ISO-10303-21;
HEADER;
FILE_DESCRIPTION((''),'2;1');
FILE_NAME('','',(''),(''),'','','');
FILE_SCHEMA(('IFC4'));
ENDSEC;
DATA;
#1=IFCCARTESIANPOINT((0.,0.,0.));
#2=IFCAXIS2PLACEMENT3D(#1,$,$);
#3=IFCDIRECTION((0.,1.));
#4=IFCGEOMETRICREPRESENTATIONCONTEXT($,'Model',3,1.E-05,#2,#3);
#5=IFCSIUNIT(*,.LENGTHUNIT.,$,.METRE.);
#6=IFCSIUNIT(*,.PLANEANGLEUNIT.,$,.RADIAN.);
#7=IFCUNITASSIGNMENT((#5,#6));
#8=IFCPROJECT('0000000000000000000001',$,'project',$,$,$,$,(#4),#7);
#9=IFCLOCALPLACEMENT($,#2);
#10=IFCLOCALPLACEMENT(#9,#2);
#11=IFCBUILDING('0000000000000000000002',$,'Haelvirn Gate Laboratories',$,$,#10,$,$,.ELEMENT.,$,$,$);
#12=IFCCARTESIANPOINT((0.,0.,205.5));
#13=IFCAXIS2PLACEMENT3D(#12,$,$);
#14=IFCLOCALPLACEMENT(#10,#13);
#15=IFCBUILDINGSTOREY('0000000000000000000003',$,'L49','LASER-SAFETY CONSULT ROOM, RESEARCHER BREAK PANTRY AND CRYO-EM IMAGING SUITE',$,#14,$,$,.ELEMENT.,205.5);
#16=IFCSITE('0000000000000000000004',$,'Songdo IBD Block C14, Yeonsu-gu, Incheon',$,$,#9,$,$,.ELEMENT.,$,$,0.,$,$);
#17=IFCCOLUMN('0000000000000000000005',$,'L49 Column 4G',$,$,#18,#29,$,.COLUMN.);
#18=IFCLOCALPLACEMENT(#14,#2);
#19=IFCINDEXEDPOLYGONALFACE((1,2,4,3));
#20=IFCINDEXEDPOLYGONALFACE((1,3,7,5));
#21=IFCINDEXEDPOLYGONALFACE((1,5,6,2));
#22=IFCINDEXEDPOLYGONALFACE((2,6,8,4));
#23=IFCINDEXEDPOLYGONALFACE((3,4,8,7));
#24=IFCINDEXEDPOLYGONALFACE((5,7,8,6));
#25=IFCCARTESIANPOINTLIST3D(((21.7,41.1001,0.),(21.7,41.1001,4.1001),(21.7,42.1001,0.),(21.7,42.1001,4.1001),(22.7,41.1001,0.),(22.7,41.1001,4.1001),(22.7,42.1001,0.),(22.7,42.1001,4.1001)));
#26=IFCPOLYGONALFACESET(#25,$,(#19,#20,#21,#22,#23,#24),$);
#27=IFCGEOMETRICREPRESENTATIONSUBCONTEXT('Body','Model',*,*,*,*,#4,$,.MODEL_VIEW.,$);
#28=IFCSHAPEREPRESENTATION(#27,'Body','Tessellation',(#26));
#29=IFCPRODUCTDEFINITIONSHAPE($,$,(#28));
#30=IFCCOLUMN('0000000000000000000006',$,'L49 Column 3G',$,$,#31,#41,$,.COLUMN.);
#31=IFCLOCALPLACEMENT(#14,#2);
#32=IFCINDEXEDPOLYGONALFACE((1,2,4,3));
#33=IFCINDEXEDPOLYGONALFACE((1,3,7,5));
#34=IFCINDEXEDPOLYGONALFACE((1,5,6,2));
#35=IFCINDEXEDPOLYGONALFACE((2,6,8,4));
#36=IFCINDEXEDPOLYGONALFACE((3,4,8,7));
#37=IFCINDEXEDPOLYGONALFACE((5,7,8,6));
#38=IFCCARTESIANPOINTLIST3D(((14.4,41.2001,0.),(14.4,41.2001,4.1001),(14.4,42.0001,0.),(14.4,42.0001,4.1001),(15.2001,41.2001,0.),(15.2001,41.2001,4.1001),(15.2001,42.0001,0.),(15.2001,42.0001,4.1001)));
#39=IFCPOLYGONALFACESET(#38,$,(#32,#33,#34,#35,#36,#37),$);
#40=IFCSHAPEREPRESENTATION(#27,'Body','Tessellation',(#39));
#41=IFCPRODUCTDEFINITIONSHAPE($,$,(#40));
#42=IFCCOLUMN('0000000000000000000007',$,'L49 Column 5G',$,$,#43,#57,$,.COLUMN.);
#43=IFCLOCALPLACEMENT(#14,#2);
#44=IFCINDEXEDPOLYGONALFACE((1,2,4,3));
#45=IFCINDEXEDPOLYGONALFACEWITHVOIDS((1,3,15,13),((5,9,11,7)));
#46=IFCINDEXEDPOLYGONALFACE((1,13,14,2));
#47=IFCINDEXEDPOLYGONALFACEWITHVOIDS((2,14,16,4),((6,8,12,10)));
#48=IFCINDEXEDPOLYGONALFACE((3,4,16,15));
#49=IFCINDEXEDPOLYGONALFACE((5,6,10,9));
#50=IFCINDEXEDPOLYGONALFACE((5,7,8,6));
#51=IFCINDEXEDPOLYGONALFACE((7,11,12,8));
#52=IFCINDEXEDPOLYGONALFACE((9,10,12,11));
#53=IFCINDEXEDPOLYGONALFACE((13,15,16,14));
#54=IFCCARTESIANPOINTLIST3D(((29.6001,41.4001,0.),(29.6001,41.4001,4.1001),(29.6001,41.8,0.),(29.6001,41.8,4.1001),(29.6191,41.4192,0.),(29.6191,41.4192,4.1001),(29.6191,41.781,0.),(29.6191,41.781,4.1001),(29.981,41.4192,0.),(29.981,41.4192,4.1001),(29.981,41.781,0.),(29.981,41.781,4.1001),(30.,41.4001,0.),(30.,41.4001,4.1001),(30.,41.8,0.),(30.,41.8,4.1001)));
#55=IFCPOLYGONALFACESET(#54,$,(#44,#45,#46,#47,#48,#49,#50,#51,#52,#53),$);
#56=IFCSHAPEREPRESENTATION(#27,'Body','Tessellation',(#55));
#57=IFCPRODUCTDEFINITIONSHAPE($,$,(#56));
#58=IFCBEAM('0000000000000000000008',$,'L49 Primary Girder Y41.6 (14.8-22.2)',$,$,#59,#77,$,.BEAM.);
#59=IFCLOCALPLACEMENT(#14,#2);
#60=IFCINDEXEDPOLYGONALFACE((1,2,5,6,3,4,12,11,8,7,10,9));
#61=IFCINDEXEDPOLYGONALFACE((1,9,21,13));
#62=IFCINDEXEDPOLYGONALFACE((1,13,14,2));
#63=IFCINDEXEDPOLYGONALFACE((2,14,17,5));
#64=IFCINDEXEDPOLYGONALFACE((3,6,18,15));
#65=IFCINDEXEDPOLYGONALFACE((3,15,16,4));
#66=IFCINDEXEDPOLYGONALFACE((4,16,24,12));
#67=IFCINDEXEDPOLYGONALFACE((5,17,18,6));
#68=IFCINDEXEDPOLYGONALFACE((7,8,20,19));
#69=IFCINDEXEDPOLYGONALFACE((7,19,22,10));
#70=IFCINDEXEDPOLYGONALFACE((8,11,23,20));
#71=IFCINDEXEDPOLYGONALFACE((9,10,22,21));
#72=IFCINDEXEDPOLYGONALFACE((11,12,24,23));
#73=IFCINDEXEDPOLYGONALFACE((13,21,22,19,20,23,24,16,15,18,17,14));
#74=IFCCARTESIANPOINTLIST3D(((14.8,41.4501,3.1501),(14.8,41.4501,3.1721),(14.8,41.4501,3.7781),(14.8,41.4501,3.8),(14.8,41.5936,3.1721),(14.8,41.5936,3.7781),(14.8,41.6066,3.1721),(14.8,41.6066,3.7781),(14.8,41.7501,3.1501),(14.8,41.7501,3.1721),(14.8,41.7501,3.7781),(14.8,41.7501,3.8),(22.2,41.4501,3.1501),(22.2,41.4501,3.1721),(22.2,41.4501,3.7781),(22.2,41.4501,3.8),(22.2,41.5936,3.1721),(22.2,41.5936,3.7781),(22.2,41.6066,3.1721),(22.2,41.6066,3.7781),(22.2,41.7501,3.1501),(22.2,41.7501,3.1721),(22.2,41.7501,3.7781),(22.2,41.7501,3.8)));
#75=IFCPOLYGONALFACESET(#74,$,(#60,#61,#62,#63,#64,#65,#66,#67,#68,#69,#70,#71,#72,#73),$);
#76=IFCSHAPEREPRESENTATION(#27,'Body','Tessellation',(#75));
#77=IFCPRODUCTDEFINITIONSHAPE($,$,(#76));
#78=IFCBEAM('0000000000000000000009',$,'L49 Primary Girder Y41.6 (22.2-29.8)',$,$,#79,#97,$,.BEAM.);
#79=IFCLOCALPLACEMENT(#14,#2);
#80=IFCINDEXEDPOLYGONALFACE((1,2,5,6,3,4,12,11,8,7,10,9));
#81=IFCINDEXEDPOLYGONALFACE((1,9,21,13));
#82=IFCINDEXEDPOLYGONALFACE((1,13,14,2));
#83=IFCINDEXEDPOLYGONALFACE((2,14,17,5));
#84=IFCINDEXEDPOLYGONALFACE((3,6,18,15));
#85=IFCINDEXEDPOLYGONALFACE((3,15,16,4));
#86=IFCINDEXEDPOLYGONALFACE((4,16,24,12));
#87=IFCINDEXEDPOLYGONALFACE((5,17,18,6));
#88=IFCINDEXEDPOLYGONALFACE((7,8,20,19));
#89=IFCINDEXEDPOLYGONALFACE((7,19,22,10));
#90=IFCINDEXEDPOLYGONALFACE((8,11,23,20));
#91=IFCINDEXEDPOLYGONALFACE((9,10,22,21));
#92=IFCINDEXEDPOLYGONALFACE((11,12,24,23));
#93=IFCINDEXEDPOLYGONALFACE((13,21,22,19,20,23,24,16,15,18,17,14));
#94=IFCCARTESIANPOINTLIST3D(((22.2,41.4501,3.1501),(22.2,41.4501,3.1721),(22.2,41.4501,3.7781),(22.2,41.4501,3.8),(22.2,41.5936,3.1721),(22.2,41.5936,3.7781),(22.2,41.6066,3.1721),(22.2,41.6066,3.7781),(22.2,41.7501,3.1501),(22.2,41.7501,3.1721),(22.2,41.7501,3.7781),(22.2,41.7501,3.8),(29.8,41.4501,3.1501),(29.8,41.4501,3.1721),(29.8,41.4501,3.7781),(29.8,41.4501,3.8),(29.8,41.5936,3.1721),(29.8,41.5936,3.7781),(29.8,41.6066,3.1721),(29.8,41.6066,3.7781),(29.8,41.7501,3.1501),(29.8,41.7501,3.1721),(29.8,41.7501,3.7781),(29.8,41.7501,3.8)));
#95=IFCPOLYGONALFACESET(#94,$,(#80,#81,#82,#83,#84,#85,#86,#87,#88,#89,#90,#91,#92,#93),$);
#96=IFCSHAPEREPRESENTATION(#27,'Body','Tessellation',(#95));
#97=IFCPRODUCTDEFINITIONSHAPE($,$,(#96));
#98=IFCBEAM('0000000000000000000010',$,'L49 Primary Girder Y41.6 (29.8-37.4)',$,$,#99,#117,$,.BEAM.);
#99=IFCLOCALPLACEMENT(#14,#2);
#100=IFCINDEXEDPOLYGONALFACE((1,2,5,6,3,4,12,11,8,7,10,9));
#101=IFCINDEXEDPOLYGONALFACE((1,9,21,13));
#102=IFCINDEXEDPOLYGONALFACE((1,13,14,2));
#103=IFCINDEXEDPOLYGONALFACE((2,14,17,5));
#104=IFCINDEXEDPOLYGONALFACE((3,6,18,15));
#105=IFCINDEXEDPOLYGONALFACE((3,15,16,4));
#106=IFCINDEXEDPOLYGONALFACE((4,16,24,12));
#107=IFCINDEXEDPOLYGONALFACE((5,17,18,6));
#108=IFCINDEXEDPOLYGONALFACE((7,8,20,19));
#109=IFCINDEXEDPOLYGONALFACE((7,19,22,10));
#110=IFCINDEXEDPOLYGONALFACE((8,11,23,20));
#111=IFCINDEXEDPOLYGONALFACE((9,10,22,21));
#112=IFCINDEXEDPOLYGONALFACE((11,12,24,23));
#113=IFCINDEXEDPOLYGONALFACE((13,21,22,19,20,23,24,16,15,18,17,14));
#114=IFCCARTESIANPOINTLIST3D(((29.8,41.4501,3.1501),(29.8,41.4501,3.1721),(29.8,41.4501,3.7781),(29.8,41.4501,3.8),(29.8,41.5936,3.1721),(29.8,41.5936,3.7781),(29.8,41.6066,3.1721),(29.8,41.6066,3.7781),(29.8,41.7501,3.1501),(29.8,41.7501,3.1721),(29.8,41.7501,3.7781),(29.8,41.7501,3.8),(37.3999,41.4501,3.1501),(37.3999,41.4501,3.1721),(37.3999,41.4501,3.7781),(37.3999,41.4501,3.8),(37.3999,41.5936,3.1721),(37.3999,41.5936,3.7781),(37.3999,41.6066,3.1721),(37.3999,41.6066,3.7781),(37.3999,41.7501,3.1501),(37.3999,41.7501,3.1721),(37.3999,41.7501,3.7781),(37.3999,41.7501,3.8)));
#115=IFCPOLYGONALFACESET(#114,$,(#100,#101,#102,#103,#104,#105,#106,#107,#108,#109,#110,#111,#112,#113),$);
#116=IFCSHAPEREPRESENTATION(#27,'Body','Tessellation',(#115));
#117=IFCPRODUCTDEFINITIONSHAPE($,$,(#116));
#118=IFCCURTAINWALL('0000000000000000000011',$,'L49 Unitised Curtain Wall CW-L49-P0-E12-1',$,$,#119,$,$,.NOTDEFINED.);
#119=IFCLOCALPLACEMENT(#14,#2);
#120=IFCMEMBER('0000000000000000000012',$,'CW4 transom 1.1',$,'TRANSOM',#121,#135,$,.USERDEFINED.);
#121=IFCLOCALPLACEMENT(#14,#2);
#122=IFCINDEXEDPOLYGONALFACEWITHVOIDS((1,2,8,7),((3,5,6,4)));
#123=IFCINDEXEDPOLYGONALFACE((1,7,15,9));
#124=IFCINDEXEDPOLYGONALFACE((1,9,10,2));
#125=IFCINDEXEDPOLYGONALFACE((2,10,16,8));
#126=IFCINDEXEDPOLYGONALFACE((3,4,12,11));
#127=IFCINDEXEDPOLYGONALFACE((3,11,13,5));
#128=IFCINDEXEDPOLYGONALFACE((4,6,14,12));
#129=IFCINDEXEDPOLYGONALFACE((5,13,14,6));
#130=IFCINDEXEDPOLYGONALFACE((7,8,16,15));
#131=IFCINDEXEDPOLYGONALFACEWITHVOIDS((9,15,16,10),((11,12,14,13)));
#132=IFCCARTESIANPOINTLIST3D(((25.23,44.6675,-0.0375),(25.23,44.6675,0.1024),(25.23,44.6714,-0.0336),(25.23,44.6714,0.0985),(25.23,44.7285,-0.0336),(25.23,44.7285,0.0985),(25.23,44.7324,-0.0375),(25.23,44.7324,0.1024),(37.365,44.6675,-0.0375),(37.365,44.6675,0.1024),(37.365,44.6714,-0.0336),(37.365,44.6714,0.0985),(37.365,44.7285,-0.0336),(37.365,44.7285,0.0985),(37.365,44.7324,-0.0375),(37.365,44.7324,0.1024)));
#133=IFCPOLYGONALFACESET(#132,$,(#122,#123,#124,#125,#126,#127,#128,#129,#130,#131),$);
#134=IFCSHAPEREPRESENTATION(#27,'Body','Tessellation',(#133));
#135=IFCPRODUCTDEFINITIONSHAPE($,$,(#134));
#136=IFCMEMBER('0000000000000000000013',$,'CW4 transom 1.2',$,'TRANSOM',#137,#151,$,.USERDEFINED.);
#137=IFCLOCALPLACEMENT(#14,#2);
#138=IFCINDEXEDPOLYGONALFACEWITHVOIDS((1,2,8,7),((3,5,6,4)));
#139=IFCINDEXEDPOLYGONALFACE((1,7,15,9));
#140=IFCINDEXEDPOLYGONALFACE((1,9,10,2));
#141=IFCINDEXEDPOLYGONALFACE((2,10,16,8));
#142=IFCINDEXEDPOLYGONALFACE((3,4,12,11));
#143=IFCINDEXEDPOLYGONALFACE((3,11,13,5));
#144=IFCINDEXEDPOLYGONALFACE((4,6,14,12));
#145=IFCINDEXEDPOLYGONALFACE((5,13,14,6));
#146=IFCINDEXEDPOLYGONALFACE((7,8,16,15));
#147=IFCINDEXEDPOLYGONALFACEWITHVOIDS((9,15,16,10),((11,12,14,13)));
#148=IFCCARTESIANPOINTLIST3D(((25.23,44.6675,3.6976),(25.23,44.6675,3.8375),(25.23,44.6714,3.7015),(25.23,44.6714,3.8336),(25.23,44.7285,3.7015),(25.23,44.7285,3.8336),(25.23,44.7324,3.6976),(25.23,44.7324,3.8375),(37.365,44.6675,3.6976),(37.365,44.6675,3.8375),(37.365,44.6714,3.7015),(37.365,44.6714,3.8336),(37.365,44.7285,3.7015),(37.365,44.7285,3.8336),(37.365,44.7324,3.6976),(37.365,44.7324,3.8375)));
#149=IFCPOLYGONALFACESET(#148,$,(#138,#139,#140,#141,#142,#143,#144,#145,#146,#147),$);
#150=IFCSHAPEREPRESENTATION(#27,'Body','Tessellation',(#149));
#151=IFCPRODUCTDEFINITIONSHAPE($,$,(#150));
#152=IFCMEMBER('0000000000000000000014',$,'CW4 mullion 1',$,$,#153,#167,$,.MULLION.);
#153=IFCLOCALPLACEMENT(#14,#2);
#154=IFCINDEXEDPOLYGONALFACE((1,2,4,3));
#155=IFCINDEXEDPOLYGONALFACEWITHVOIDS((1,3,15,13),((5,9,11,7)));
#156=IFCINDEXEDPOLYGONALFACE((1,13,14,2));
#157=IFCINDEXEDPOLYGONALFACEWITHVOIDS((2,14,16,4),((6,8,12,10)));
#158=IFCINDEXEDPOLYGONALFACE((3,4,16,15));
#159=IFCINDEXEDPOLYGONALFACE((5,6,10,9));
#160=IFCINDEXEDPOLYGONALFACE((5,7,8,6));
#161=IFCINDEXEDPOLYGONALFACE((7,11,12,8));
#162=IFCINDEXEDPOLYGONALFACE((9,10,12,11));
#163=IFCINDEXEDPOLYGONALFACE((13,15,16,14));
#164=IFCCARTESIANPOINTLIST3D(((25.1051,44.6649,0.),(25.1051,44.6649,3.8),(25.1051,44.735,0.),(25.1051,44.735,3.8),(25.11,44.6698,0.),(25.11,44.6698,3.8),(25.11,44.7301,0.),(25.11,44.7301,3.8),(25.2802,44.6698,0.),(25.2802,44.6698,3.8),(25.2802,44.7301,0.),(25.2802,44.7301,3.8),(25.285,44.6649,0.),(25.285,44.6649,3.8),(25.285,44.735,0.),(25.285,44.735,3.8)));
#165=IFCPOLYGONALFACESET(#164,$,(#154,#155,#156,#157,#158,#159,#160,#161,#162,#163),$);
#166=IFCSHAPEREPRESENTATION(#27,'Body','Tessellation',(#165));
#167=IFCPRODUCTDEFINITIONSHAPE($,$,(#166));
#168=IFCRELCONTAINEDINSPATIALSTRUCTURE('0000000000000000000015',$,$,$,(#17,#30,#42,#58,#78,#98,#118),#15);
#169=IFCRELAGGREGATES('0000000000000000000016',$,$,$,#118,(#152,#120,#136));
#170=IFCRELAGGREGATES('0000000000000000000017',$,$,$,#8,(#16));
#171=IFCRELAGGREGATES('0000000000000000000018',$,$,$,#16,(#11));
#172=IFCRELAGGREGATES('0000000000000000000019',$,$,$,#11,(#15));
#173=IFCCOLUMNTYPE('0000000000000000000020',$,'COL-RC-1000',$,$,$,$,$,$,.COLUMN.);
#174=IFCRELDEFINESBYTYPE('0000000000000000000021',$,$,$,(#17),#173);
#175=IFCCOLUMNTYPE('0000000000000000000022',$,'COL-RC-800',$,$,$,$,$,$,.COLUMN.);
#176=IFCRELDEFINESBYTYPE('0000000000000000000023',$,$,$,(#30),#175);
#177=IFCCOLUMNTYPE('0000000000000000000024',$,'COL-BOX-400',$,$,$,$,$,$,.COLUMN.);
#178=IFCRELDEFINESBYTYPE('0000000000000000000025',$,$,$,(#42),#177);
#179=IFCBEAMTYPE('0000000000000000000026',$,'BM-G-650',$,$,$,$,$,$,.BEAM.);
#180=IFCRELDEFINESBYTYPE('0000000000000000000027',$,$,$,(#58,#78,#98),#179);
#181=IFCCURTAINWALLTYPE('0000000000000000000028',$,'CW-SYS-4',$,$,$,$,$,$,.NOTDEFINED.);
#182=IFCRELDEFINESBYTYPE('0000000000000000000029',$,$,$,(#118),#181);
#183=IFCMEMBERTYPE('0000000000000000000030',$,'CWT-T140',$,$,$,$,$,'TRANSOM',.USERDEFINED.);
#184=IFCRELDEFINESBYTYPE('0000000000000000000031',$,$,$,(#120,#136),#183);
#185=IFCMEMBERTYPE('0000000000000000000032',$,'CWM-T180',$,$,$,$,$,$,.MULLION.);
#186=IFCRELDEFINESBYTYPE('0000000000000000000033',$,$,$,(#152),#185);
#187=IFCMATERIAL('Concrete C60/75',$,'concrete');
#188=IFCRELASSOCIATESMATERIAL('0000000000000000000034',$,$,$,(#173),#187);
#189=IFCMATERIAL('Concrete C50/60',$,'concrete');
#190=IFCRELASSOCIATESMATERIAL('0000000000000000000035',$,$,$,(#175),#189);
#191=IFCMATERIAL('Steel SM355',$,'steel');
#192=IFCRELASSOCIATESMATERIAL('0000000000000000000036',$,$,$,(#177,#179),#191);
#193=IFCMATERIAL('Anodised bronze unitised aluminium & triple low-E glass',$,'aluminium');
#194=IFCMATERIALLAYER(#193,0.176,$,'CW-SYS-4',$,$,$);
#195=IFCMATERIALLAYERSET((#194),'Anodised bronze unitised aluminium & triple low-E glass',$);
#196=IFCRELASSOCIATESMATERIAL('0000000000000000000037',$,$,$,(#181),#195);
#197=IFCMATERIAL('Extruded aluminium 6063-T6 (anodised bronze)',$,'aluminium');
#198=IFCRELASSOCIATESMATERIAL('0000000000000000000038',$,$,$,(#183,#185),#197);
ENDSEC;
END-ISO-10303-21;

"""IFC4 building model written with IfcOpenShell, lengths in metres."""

from ifc_helpers import new_model, si_unit, direction, frame, origin, origin_2d, place, context, subcontext, project, spatial, rectangle, hollow_rectangle, i_section, extrude, source, transform, mapped, material, layer, layer_set, material_profile, profile_set, type_object, type_shapes, element, aggregate, save


model = new_model("IFC4")

# Units and contexts
model_context = context("Model", 3, precision=1e-05, world=origin(), true_north=direction((0.0, 1.0)))
body_context = subcontext(model_context, "Body", "Model", "MODEL_VIEW")
ifc_project = project(units=[si_unit("LENGTHUNIT", "METRE"), si_unit("PLANEANGLEUNIT", "RADIAN")], contexts=[model_context])

# Site, building, storey
site_placement = place(None, origin())
site = spatial("IfcSite", under=ifc_project, at=site_placement, Name="Songdo IBD Block C14, Yeonsu-gu, Incheon", CompositionType="ELEMENT", RefElevation=0.0)
building_placement = place(site_placement, origin())
building = spatial("IfcBuilding", under=site, at=building_placement, Name="Haelvirn Gate Laboratories", CompositionType="ELEMENT")
storey_placement = place(building_placement, frame((0.0, 0.0, 205.5)))
storey = spatial("IfcBuildingStorey", under=building, at=storey_placement, Name="L49", Description="LASER-SAFETY CONSULT ROOM, RESEARCHER BREAK PANTRY AND CRYO-EM IMAGING SUITE", CompositionType="ELEMENT", Elevation=205.5)

# Columns
ifc_material_1 = material(Name="Concrete C60/75", Category="concrete")
ifc_material_profile_1 = material_profile(ifc_material_1, rectangle(XDim=1.0, YDim=1.0, at=origin_2d()), Name="RC-1000x1000")
ifc_profile_set_1 = profile_set([ifc_material_profile_1], Name="Concrete C60/75")
column_type_1 = type_object("IfcColumnType", Name="COL-RC-1000", PredefinedType="COLUMN", material=ifc_profile_set_1)
shared_shape_1 = source(origin(), body_context, "Body", "SweptSolid", [
    extrude(rectangle(XDim=1.0, YDim=1.0, at=origin_2d()), origin(), (0.0, 0.0, 1.0), 4.1001),
])
type_shapes(column_type_1, [shared_shape_1])
column_1_placement = place(storey_placement, frame((22.2, 41.6001, 0.0), z_axis=(0.0, 0.0, 1.0), x_axis=(1.0, 0.0, 0.0)))
element("IfcColumn", 1, at=column_1_placement, inside=storey, type_object=column_type_1, Name="L49 Column 4G", PredefinedType="COLUMN", context=body_context, shape_type="MappedRepresentation", body=[
    mapped(shared_shape_1, transform((0.0, 0.0, 0.0), scale=1.0)),
])
ifc_material_2 = material(Name="Concrete C50/60", Category="concrete")
ifc_material_profile_2 = material_profile(ifc_material_2, rectangle(XDim=0.8, YDim=0.8, at=origin_2d()), Name="RC-800x800")
ifc_profile_set_2 = profile_set([ifc_material_profile_2], Name="Concrete C50/60")
column_type_2 = type_object("IfcColumnType", Name="COL-RC-800", PredefinedType="COLUMN", material=ifc_profile_set_2)
shared_shape_2 = source(origin(), body_context, "Body", "SweptSolid", [
    extrude(rectangle(XDim=0.8, YDim=0.8, at=origin_2d()), origin(), (0.0, 0.0, 1.0), 4.1001),
])
type_shapes(column_type_2, [shared_shape_2])
column_2_placement = place(storey_placement, frame((14.8, 41.6001, 0.0), z_axis=(0.0, 0.0, 1.0), x_axis=(1.0, 0.0, 0.0)))
element("IfcColumn", 2, at=column_2_placement, inside=storey, type_object=column_type_2, Name="L49 Column 3G", PredefinedType="COLUMN", context=body_context, shape_type="MappedRepresentation", body=[
    mapped(shared_shape_2, transform((0.0, 0.0, 0.0), scale=1.0)),
])
ifc_material_3 = material(Name="Steel SM355", Category="steel")
ifc_material_profile_3 = material_profile(ifc_material_3, hollow_rectangle(XDim=0.3999, YDim=0.3999, WallThickness=0.019, at=origin_2d()), Name="BOX-400x400x19")
ifc_profile_set_3 = profile_set([ifc_material_profile_3], Name="Steel SM355")
column_type_3 = type_object("IfcColumnType", Name="COL-BOX-400", PredefinedType="COLUMN", material=ifc_profile_set_3)
shared_shape_3 = source(origin(), body_context, "Body", "SweptSolid", [
    extrude(hollow_rectangle(XDim=0.3999, YDim=0.3999, WallThickness=0.019, at=origin_2d()), origin(), (0.0, 0.0, 1.0), 4.1001),
])
type_shapes(column_type_3, [shared_shape_3])
column_3_placement = place(storey_placement, frame((29.8, 41.6001, 0.0), z_axis=(0.0, 0.0, 1.0), x_axis=(1.0, 0.0, 0.0)))
element("IfcColumn", 3, at=column_3_placement, inside=storey, type_object=column_type_3, Name="L49 Column 5G", PredefinedType="COLUMN", context=body_context, shape_type="MappedRepresentation", body=[
    mapped(shared_shape_3, transform((0.0, 0.0, 0.0), scale=1.0)),
])

# Beams
ifc_material_profile_4 = material_profile(ifc_material_3, i_section(OverallWidth=0.3, OverallDepth=0.6499, WebThickness=0.0129, FlangeThickness=0.022, at=origin_2d()), Name="H-650x300x13x22")
ifc_profile_set_4 = profile_set([ifc_material_profile_4], Name="Steel SM355")
beam_type = type_object("IfcBeamType", Name="BM-G-650", PredefinedType="BEAM", material=ifc_profile_set_4)
shared_shape_4 = source(origin(), body_context, "Body", "SweptSolid", [
    extrude(i_section(OverallWidth=0.3, OverallDepth=0.6499, WebThickness=0.0129, FlangeThickness=0.022, at=origin_2d()), origin(), (0.0, 0.0, 1.0), 7.3999),
])
beam_1_placement = place(storey_placement, frame((14.8, 41.6001, 3.4751), z_axis=(1.0, 0.0, 0.0), x_axis=(0.0, 1.0, 0.0)))
element("IfcBeam", 4, at=beam_1_placement, inside=storey, type_object=beam_type, Name="L49 Primary Girder Y41.6 (14.8-22.2)", PredefinedType="BEAM", context=body_context, shape_type="MappedRepresentation", body=[
    mapped(shared_shape_4, transform((0.0, 0.0, 0.0), scale=1.0)),
])
shared_shape_5 = source(origin(), body_context, "Body", "SweptSolid", [
    extrude(i_section(OverallWidth=0.3, OverallDepth=0.6499, WebThickness=0.0129, FlangeThickness=0.022, at=origin_2d()), origin(), (0.0, 0.0, 1.0), 7.6001),
])
beam_2_placement = place(storey_placement, frame((22.2, 41.6001, 3.4751), z_axis=(1.0, 0.0, 0.0), x_axis=(0.0, 1.0, 0.0)))
element("IfcBeam", 5, at=beam_2_placement, inside=storey, type_object=beam_type, Name="L49 Primary Girder Y41.6 (22.2-29.8)", PredefinedType="BEAM", context=body_context, shape_type="MappedRepresentation", body=[
    mapped(shared_shape_5, transform((0.0, 0.0, 0.0), scale=1.0)),
])
shared_shape_6 = source(origin(), body_context, "Body", "SweptSolid", [
    extrude(i_section(OverallWidth=0.3, OverallDepth=0.6499, WebThickness=0.0129, FlangeThickness=0.022, at=origin_2d()), origin(), (0.0, 0.0, 1.0), 7.5999),
])
type_shapes(beam_type, [shared_shape_4, shared_shape_5, shared_shape_6])
beam_3_placement = place(storey_placement, frame((29.8, 41.6001, 3.4751), z_axis=(1.0, 0.0, 0.0), x_axis=(0.0, 1.0, 0.0)))
element("IfcBeam", 6, at=beam_3_placement, inside=storey, type_object=beam_type, Name="L49 Primary Girder Y41.6 (29.8-37.4)", PredefinedType="BEAM", context=body_context, shape_type="MappedRepresentation", body=[
    mapped(shared_shape_6, transform((0.0, 0.0, 0.0), scale=1.0)),
])

# Curtain wall, members
ifc_material_4 = material(Name="Anodised bronze unitised aluminium & triple low-E glass", Category="aluminium")
ifc_layer_1 = layer(ifc_material_4, 0.176, Name="CW-SYS-4")
ifc_layer_set_1 = layer_set([ifc_layer_1], Name="Anodised bronze unitised aluminium & triple low-E glass")
curtain_wall_type = type_object("IfcCurtainWallType", Name="CW-SYS-4", PredefinedType="NOTDEFINED", material=ifc_layer_set_1)
curtain_wall_1_placement = place(storey_placement, origin())
curtain_wall_1 = element("IfcCurtainWall", 7, at=curtain_wall_1_placement, inside=storey, type_object=curtain_wall_type, Name="L49 Unitised Curtain Wall CW-L49-P0-E12-1", PredefinedType="NOTDEFINED")
ifc_material_5 = material(Name="Extruded aluminium 6063-T6 (anodised bronze)", Category="aluminium")
ifc_material_profile_5 = material_profile(ifc_material_5, hollow_rectangle(XDim=0.0649, YDim=0.1399, WallThickness=0.0039, at=origin_2d()), Name="CWT-140x65x4")
ifc_profile_set_5 = profile_set([ifc_material_profile_5], Name="Extruded aluminium 6063-T6 (anodised bronze)")
member_type_1 = type_object("IfcMemberType", Name="CWT-T140", ElementType="TRANSOM", PredefinedType="USERDEFINED", material=ifc_profile_set_5)
shared_shape_7 = source(origin(), body_context, "Body", "SweptSolid", [
    extrude(hollow_rectangle(XDim=0.0649, YDim=0.1399, WallThickness=0.0039, at=origin_2d()), origin(), (0.0, 0.0, 1.0), 12.135),
])
member_1_placement = place(storey_placement, frame((25.23, 44.7, 0.0325), z_axis=(1.0, 0.0, 0.0), x_axis=(0.0, 1.0, 0.0)))
member_1 = element("IfcMember", 8, at=member_1_placement, type_object=member_type_1, Name="CW4 transom 1.1", ObjectType="TRANSOM", PredefinedType="USERDEFINED", context=body_context, shape_type="MappedRepresentation", body=[
    mapped(shared_shape_7, transform((0.0, 0.0, 0.0), scale=1.0)),
])
member_2_placement = place(storey_placement, frame((25.23, 44.7, 3.7676), z_axis=(1.0, 0.0, 0.0), x_axis=(0.0, 1.0, 0.0)))
member_2 = element("IfcMember", 9, at=member_2_placement, type_object=member_type_1, Name="CW4 transom 1.2", ObjectType="TRANSOM", PredefinedType="USERDEFINED", context=body_context, shape_type="MappedRepresentation", body=[
    mapped(shared_shape_7, transform((0.0, 0.0, 0.0), scale=1.0)),
])
ifc_material_profile_6 = material_profile(ifc_material_5, hollow_rectangle(XDim=0.0701, YDim=0.1799, WallThickness=0.0049, at=origin_2d()), Name="CWM-180x70x5")
ifc_profile_set_6 = profile_set([ifc_material_profile_6], Name="Extruded aluminium 6063-T6 (anodised bronze)")
member_type_2 = type_object("IfcMemberType", Name="CWM-T180", PredefinedType="MULLION", material=ifc_profile_set_6)
shared_shape_8 = source(origin(), body_context, "Body", "SweptSolid", [
    extrude(hollow_rectangle(XDim=0.0701, YDim=0.1799, WallThickness=0.0049, at=origin_2d()), origin(), (0.0, 0.0, 1.0), 3.8),
])
type_shapes(member_type_2, [shared_shape_8])
member_3_placement = place(storey_placement, frame((25.1951, 44.7, 0.0), z_axis=(0.0, 0.0, 1.0), x_axis=(0.0, 1.0, 0.0)))
member_3 = element("IfcMember", 10, at=member_3_placement, type_object=member_type_2, Name="CW4 mullion 1", PredefinedType="MULLION", context=body_context, shape_type="MappedRepresentation", body=[
    mapped(shared_shape_8, transform((0.0, 0.0, 0.0), scale=1.0)),
])

aggregate(curtain_wall_1, [member_3, member_1, member_2])

save(model, "model.ifc")
